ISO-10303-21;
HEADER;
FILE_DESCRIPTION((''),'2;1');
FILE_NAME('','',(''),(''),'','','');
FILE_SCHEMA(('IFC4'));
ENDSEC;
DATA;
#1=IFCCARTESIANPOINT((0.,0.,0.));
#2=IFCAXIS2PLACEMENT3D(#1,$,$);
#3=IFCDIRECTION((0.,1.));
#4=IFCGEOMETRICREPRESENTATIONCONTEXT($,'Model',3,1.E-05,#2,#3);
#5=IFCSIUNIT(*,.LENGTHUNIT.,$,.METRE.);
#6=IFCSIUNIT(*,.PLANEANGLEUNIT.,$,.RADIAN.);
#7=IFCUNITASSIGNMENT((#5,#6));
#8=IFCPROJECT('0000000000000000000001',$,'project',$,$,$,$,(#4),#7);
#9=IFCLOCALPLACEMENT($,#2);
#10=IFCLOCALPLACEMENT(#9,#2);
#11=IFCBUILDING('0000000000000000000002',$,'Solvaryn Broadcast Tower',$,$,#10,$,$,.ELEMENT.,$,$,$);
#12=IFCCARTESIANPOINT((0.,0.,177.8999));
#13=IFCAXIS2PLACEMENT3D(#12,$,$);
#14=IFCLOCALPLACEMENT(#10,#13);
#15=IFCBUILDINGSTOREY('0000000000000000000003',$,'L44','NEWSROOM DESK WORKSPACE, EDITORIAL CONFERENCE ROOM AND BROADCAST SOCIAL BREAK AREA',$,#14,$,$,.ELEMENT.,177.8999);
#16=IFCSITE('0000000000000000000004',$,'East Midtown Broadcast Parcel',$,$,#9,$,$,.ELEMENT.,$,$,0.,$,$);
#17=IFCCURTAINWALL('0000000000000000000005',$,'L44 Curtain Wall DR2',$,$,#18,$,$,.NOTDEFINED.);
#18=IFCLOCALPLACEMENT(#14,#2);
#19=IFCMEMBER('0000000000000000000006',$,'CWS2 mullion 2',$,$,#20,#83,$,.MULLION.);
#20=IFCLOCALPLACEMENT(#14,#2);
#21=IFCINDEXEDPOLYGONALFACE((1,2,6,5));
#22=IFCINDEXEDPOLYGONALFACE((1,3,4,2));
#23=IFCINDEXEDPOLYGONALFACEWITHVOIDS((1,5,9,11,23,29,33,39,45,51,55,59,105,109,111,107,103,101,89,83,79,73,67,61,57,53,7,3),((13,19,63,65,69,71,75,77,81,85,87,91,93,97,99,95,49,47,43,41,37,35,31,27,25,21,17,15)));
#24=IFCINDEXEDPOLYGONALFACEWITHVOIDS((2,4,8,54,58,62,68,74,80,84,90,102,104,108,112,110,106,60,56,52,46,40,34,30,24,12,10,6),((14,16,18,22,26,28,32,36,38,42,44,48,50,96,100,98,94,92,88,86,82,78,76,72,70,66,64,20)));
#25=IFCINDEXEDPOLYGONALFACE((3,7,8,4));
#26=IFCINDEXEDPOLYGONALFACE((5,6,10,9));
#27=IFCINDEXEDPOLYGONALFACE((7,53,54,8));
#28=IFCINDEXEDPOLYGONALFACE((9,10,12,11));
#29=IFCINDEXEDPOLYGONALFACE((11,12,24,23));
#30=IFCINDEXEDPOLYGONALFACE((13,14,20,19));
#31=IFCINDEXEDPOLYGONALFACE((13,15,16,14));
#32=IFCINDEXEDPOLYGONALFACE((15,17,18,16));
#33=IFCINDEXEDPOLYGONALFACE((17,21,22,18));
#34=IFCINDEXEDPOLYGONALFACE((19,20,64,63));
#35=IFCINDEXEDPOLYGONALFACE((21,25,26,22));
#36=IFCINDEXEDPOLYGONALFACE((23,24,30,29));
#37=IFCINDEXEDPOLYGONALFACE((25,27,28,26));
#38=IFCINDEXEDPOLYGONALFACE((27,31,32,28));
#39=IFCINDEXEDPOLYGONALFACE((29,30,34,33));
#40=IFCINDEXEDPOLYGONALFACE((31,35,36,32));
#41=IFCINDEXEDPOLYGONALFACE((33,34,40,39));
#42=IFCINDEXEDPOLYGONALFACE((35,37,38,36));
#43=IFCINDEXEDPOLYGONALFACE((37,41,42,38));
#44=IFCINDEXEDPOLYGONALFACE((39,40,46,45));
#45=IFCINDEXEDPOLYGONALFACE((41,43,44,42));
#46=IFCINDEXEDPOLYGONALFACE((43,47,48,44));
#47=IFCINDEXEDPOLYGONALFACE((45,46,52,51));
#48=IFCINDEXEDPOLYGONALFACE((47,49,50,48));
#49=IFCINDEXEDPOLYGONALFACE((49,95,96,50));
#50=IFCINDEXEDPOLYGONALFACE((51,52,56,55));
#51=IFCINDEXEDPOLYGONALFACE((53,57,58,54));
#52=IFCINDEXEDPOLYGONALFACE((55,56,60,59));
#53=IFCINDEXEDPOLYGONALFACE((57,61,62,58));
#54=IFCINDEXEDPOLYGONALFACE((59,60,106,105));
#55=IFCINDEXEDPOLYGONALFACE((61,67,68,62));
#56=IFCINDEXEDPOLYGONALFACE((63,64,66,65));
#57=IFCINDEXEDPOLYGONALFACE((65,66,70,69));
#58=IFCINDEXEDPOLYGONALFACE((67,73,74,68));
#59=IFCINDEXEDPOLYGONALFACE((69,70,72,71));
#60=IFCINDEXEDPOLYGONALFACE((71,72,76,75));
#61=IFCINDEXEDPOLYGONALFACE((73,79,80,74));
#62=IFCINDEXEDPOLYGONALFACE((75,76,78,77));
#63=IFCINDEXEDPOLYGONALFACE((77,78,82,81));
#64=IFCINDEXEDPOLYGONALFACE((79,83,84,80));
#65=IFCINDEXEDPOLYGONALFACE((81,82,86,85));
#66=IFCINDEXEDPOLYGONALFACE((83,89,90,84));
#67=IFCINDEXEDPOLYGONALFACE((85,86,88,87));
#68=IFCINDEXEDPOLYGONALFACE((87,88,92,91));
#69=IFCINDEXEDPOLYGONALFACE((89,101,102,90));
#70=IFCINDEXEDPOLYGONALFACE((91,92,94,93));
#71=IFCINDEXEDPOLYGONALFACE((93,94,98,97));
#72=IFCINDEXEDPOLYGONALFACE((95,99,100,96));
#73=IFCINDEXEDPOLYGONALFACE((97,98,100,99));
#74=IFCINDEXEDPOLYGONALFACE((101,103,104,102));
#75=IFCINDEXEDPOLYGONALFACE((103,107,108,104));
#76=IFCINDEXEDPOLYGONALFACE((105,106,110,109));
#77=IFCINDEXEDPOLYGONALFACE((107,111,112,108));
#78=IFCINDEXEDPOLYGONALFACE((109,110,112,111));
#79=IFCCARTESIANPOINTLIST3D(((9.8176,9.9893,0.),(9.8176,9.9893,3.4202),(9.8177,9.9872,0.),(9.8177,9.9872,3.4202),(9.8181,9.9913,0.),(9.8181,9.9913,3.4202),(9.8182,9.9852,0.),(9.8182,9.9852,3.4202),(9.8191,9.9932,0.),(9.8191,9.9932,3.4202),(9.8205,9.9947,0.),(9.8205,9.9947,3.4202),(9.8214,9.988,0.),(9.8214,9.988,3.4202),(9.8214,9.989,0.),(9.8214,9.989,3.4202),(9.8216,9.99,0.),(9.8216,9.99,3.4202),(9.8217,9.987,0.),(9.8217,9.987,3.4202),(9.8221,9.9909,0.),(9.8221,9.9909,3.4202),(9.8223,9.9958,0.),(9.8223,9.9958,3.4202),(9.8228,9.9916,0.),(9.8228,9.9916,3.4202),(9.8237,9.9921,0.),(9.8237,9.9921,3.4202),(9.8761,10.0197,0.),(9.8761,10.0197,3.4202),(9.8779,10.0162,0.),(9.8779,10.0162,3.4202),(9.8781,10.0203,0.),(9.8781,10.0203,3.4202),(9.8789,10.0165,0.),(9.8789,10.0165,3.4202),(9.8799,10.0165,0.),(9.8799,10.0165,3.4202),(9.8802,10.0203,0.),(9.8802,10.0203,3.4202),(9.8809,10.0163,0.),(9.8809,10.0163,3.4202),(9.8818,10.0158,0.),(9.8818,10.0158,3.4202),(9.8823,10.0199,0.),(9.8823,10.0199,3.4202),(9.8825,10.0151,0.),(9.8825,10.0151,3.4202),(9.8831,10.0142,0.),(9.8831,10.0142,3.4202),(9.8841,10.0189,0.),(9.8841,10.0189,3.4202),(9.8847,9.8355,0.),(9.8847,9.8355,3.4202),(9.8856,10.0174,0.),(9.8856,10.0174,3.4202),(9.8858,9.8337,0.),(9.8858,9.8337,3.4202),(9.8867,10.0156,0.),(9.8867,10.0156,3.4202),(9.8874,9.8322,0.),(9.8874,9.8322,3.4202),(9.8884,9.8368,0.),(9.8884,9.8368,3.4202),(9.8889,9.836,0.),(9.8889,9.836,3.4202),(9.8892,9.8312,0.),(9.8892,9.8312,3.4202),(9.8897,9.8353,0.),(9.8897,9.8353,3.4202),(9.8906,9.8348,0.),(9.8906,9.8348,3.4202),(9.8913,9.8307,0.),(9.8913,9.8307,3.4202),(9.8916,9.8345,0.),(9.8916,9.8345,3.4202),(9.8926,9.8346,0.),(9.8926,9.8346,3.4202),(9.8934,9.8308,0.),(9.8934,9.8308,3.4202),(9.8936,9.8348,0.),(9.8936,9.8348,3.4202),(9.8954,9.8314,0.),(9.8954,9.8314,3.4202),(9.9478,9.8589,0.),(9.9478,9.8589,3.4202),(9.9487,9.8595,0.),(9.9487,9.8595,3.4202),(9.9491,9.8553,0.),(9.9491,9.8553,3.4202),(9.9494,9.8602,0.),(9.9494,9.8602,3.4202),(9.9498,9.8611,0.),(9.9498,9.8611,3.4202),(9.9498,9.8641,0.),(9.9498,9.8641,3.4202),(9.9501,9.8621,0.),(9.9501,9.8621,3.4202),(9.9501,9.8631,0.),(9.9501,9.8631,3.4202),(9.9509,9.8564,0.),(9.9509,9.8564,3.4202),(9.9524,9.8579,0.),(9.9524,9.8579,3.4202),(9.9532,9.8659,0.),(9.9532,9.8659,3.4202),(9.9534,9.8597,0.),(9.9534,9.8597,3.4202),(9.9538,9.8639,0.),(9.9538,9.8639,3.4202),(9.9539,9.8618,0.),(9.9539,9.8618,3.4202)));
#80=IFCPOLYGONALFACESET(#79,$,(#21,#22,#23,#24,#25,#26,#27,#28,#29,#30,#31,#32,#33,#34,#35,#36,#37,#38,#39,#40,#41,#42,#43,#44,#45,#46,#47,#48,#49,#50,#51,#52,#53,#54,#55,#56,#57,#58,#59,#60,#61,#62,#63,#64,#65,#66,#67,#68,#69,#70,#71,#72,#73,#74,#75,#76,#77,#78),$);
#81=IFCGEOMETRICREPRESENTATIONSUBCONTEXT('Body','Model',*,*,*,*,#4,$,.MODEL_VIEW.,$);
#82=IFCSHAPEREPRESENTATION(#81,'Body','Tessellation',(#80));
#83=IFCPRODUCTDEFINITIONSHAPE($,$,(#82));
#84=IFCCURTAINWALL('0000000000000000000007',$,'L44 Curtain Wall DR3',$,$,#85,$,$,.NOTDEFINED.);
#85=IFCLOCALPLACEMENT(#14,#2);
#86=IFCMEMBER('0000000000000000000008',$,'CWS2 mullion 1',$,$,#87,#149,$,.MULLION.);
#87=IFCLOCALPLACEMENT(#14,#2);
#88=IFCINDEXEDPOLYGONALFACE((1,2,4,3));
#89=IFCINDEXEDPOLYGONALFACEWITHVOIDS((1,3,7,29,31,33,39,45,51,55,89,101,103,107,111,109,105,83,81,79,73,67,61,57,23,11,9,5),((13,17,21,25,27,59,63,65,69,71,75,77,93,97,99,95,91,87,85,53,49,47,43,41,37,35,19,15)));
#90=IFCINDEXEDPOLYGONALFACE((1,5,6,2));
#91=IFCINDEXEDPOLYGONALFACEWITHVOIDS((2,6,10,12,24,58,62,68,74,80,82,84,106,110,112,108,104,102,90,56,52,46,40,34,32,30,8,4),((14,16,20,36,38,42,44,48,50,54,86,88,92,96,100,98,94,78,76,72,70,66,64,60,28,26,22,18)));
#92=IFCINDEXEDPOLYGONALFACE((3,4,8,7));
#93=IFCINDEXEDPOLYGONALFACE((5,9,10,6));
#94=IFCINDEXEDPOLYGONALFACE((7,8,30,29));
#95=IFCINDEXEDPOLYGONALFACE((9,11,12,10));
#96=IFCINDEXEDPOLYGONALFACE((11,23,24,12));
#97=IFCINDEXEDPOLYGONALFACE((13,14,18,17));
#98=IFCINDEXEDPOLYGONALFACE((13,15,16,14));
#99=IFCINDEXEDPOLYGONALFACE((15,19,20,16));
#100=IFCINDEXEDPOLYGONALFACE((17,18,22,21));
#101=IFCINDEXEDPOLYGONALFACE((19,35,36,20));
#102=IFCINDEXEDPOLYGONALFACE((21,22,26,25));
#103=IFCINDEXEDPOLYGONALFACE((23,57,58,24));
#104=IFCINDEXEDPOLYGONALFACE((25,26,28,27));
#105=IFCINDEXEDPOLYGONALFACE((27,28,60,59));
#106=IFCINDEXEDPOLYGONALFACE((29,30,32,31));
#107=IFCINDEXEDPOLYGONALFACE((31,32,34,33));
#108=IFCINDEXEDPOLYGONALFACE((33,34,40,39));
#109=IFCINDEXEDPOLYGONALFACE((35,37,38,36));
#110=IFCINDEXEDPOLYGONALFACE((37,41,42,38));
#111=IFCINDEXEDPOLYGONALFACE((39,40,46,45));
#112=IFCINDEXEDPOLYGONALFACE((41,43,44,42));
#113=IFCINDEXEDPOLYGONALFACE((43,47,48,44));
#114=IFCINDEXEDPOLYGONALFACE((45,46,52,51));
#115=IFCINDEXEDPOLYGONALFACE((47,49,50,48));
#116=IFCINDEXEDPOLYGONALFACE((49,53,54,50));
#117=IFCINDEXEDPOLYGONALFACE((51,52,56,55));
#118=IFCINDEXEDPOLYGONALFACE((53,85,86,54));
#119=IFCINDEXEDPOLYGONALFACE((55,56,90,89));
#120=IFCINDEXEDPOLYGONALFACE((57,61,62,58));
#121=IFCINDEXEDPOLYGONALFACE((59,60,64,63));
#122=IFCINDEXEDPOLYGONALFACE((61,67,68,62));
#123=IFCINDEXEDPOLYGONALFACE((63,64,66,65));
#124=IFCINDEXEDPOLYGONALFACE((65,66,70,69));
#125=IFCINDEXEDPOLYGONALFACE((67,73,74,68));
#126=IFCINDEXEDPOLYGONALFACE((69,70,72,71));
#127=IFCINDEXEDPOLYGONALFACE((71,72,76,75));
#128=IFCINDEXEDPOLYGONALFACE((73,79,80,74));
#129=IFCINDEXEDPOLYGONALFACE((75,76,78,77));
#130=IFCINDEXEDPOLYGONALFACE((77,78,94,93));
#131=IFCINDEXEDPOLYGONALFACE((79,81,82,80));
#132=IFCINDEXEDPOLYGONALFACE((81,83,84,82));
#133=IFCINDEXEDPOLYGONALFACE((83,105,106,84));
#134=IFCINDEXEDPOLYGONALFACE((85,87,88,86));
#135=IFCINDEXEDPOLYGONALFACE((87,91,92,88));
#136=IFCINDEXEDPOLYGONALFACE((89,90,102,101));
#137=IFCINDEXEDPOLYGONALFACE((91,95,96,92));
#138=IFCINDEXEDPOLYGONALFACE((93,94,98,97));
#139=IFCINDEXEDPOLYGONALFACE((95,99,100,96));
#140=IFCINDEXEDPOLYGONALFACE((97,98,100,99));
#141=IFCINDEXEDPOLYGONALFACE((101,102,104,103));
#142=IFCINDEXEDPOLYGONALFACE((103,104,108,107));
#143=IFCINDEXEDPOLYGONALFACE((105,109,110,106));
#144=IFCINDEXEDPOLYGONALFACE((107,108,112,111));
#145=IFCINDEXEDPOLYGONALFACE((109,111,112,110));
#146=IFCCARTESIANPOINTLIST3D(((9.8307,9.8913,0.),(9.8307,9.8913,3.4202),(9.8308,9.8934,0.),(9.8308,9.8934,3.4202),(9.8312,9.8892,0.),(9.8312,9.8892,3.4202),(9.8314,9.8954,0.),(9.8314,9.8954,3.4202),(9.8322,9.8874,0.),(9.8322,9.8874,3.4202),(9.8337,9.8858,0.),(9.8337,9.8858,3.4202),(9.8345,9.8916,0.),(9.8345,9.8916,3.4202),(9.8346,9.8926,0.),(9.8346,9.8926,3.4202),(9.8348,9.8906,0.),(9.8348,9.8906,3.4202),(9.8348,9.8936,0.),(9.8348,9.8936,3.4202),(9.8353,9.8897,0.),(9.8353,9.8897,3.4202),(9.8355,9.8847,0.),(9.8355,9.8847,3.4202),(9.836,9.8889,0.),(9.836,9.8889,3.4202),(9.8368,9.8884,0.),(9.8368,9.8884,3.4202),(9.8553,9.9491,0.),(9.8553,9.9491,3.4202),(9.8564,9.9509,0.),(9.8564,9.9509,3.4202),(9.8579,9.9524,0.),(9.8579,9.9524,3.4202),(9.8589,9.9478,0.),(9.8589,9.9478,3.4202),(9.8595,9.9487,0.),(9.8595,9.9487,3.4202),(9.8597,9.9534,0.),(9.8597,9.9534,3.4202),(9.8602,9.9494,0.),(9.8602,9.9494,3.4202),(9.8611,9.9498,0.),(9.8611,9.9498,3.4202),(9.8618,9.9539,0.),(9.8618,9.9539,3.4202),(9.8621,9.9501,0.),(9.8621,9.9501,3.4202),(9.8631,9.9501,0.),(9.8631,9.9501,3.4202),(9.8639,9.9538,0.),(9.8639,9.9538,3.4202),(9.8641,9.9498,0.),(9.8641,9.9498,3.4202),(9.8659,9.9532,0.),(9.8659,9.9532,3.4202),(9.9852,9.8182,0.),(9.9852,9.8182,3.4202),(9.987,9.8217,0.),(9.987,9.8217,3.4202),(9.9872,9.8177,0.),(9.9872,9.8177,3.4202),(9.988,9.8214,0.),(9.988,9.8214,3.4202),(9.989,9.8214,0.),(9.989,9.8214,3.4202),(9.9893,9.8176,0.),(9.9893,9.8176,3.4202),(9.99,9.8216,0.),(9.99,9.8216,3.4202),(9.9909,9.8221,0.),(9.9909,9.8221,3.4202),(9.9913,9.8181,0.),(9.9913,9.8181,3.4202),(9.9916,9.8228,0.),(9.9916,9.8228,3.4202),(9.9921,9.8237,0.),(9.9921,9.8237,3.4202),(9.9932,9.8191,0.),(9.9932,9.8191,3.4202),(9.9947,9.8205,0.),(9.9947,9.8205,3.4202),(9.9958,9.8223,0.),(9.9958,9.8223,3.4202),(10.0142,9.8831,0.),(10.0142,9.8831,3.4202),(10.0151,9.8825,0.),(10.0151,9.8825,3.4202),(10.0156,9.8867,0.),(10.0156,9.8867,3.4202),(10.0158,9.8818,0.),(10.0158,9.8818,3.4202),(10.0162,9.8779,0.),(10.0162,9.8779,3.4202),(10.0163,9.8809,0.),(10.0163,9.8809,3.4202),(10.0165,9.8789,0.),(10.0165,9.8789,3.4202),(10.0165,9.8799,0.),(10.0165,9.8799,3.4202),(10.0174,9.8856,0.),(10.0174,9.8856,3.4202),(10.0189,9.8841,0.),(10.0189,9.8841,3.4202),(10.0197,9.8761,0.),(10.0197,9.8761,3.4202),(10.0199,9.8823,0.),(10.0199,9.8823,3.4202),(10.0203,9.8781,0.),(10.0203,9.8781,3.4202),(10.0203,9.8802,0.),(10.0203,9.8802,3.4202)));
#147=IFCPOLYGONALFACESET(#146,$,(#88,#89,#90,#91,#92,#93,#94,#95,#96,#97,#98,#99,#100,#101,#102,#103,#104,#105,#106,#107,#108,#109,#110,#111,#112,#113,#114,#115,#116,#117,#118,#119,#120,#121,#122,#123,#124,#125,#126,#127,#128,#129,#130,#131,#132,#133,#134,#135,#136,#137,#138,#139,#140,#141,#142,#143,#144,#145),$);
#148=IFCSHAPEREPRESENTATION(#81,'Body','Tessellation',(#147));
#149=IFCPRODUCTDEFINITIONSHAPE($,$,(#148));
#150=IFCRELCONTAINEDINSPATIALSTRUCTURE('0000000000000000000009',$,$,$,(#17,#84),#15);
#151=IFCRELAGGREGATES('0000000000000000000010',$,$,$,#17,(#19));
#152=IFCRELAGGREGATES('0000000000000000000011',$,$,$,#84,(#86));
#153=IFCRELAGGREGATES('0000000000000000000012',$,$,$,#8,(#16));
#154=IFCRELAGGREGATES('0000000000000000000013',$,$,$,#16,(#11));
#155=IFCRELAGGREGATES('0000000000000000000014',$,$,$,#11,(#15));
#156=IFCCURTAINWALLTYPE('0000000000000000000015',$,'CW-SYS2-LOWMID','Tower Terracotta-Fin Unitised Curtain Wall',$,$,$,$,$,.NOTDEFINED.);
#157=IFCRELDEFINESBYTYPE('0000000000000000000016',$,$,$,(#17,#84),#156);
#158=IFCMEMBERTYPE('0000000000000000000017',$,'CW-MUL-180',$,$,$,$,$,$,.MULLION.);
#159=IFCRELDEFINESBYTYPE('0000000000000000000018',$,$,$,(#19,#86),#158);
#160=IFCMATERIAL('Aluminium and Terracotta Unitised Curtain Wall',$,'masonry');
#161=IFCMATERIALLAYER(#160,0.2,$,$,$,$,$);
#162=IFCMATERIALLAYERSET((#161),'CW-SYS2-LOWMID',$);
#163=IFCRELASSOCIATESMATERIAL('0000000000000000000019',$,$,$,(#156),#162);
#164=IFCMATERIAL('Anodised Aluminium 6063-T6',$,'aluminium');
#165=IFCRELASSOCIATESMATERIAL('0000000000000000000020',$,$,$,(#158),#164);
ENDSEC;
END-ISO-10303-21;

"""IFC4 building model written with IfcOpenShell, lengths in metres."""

from ifc_helpers import new_model, si_unit, direction, frame, origin, origin_2d, place, context, subcontext, project, spatial, hollow_rectangle, extrude, material, layer, layer_set, material_profile, profile_set, type_object, element, aggregate, save


model = new_model("IFC4")

# Units and contexts
model_context = context("Model", 3, precision=1e-05, world=origin(), true_north=direction((0.0, 1.0)))
body_context = subcontext(model_context, "Body", "Model", "MODEL_VIEW")
ifc_project = project(units=[si_unit("LENGTHUNIT", "METRE"), si_unit("PLANEANGLEUNIT", "RADIAN")], contexts=[model_context])

# Site, building, storey
site_placement = place(None, origin())
site = spatial("IfcSite", under=ifc_project, at=site_placement, Name="East Midtown Broadcast Parcel", CompositionType="ELEMENT", RefElevation=0.0)
building_placement = place(site_placement, origin())
building = spatial("IfcBuilding", under=site, at=building_placement, Name="Solvaryn Broadcast Tower", CompositionType="ELEMENT")
storey_placement = place(building_placement, frame((0.0, 0.0, 177.8999)))
storey = spatial("IfcBuildingStorey", under=building, at=storey_placement, Name="L44", Description="NEWSROOM DESK WORKSPACE, EDITORIAL CONFERENCE ROOM AND BROADCAST SOCIAL BREAK AREA", CompositionType="ELEMENT", Elevation=177.8999)

# Curtain wall, member
ifc_material_1 = material(Name="Aluminium and Terracotta Unitised Curtain Wall", Category="masonry")
ifc_layer_1 = layer(ifc_material_1, 0.2)
ifc_layer_set_1 = layer_set([ifc_layer_1], Name="CW-SYS2-LOWMID")
curtain_wall_type = type_object("IfcCurtainWallType", Name="CW-SYS2-LOWMID", Description="Tower Terracotta-Fin Unitised Curtain Wall", PredefinedType="NOTDEFINED", material=ifc_layer_set_1)
curtain_wall_1_placement = place(storey_placement, origin())
curtain_wall_1 = element("IfcCurtainWall", 1, at=curtain_wall_1_placement, inside=storey, type_object=curtain_wall_type, Name="L44 Curtain Wall DR2", PredefinedType="NOTDEFINED")
ifc_material_2 = material(Name="Anodised Aluminium 6063-T6", Category="aluminium")
ifc_material_profile_1 = material_profile(ifc_material_2, hollow_rectangle(XDim=0.075, YDim=0.1799, WallThickness=0.0039, InnerFilletRadius=0.0039, OuterFilletRadius=0.0081, at=origin_2d()))
ifc_profile_set_1 = profile_set([ifc_material_profile_1], Name="Anodised Aluminium 6063-T6")
member_type_1 = type_object("IfcMemberType", Name="CW-MUL-180", PredefinedType="MULLION", material=ifc_profile_set_1)
member_1_placement = place(storey_placement, frame((9.8857, 9.9255, 0.0), z_axis=(0.0, 0.0, 1.0), x_axis=(0.913917, 0.405901, 0.0)))
member_1 = element("IfcMember", 2, at=member_1_placement, type_object=member_type_1, Name="CWS2 mullion 2", PredefinedType="MULLION", context=body_context, shape_type="SweptSolid", body=[
    extrude(hollow_rectangle(XDim=0.075, YDim=0.1799, WallThickness=0.0039, InnerFilletRadius=0.0039, OuterFilletRadius=0.0081, at=origin_2d()), origin(), (0.0, 0.0, 1.0), 3.4202),
])
aggregate(curtain_wall_1, [member_1])

# Curtain wall, member
curtain_wall_2_placement = place(storey_placement, origin())
curtain_wall_2 = element("IfcCurtainWall", 3, at=curtain_wall_2_placement, inside=storey, type_object=curtain_wall_type, Name="L44 Curtain Wall DR3", PredefinedType="NOTDEFINED")
member_2_placement = place(storey_placement, frame((9.9255, 9.8857, 0.0), z_axis=(0.0, 0.0, 1.0), x_axis=(0.405901, 0.913917, 0.0)))
member_2 = element("IfcMember", 4, at=member_2_placement, type_object=member_type_1, Name="CWS2 mullion 1", PredefinedType="MULLION", context=body_context, shape_type="SweptSolid", body=[
    extrude(hollow_rectangle(XDim=0.075, YDim=0.1799, WallThickness=0.0039, InnerFilletRadius=0.0039, OuterFilletRadius=0.0081, at=origin_2d()), origin(), (0.0, 0.0, 1.0), 3.4202),
])
aggregate(curtain_wall_2, [member_2])

save(model, "model.ifc")
